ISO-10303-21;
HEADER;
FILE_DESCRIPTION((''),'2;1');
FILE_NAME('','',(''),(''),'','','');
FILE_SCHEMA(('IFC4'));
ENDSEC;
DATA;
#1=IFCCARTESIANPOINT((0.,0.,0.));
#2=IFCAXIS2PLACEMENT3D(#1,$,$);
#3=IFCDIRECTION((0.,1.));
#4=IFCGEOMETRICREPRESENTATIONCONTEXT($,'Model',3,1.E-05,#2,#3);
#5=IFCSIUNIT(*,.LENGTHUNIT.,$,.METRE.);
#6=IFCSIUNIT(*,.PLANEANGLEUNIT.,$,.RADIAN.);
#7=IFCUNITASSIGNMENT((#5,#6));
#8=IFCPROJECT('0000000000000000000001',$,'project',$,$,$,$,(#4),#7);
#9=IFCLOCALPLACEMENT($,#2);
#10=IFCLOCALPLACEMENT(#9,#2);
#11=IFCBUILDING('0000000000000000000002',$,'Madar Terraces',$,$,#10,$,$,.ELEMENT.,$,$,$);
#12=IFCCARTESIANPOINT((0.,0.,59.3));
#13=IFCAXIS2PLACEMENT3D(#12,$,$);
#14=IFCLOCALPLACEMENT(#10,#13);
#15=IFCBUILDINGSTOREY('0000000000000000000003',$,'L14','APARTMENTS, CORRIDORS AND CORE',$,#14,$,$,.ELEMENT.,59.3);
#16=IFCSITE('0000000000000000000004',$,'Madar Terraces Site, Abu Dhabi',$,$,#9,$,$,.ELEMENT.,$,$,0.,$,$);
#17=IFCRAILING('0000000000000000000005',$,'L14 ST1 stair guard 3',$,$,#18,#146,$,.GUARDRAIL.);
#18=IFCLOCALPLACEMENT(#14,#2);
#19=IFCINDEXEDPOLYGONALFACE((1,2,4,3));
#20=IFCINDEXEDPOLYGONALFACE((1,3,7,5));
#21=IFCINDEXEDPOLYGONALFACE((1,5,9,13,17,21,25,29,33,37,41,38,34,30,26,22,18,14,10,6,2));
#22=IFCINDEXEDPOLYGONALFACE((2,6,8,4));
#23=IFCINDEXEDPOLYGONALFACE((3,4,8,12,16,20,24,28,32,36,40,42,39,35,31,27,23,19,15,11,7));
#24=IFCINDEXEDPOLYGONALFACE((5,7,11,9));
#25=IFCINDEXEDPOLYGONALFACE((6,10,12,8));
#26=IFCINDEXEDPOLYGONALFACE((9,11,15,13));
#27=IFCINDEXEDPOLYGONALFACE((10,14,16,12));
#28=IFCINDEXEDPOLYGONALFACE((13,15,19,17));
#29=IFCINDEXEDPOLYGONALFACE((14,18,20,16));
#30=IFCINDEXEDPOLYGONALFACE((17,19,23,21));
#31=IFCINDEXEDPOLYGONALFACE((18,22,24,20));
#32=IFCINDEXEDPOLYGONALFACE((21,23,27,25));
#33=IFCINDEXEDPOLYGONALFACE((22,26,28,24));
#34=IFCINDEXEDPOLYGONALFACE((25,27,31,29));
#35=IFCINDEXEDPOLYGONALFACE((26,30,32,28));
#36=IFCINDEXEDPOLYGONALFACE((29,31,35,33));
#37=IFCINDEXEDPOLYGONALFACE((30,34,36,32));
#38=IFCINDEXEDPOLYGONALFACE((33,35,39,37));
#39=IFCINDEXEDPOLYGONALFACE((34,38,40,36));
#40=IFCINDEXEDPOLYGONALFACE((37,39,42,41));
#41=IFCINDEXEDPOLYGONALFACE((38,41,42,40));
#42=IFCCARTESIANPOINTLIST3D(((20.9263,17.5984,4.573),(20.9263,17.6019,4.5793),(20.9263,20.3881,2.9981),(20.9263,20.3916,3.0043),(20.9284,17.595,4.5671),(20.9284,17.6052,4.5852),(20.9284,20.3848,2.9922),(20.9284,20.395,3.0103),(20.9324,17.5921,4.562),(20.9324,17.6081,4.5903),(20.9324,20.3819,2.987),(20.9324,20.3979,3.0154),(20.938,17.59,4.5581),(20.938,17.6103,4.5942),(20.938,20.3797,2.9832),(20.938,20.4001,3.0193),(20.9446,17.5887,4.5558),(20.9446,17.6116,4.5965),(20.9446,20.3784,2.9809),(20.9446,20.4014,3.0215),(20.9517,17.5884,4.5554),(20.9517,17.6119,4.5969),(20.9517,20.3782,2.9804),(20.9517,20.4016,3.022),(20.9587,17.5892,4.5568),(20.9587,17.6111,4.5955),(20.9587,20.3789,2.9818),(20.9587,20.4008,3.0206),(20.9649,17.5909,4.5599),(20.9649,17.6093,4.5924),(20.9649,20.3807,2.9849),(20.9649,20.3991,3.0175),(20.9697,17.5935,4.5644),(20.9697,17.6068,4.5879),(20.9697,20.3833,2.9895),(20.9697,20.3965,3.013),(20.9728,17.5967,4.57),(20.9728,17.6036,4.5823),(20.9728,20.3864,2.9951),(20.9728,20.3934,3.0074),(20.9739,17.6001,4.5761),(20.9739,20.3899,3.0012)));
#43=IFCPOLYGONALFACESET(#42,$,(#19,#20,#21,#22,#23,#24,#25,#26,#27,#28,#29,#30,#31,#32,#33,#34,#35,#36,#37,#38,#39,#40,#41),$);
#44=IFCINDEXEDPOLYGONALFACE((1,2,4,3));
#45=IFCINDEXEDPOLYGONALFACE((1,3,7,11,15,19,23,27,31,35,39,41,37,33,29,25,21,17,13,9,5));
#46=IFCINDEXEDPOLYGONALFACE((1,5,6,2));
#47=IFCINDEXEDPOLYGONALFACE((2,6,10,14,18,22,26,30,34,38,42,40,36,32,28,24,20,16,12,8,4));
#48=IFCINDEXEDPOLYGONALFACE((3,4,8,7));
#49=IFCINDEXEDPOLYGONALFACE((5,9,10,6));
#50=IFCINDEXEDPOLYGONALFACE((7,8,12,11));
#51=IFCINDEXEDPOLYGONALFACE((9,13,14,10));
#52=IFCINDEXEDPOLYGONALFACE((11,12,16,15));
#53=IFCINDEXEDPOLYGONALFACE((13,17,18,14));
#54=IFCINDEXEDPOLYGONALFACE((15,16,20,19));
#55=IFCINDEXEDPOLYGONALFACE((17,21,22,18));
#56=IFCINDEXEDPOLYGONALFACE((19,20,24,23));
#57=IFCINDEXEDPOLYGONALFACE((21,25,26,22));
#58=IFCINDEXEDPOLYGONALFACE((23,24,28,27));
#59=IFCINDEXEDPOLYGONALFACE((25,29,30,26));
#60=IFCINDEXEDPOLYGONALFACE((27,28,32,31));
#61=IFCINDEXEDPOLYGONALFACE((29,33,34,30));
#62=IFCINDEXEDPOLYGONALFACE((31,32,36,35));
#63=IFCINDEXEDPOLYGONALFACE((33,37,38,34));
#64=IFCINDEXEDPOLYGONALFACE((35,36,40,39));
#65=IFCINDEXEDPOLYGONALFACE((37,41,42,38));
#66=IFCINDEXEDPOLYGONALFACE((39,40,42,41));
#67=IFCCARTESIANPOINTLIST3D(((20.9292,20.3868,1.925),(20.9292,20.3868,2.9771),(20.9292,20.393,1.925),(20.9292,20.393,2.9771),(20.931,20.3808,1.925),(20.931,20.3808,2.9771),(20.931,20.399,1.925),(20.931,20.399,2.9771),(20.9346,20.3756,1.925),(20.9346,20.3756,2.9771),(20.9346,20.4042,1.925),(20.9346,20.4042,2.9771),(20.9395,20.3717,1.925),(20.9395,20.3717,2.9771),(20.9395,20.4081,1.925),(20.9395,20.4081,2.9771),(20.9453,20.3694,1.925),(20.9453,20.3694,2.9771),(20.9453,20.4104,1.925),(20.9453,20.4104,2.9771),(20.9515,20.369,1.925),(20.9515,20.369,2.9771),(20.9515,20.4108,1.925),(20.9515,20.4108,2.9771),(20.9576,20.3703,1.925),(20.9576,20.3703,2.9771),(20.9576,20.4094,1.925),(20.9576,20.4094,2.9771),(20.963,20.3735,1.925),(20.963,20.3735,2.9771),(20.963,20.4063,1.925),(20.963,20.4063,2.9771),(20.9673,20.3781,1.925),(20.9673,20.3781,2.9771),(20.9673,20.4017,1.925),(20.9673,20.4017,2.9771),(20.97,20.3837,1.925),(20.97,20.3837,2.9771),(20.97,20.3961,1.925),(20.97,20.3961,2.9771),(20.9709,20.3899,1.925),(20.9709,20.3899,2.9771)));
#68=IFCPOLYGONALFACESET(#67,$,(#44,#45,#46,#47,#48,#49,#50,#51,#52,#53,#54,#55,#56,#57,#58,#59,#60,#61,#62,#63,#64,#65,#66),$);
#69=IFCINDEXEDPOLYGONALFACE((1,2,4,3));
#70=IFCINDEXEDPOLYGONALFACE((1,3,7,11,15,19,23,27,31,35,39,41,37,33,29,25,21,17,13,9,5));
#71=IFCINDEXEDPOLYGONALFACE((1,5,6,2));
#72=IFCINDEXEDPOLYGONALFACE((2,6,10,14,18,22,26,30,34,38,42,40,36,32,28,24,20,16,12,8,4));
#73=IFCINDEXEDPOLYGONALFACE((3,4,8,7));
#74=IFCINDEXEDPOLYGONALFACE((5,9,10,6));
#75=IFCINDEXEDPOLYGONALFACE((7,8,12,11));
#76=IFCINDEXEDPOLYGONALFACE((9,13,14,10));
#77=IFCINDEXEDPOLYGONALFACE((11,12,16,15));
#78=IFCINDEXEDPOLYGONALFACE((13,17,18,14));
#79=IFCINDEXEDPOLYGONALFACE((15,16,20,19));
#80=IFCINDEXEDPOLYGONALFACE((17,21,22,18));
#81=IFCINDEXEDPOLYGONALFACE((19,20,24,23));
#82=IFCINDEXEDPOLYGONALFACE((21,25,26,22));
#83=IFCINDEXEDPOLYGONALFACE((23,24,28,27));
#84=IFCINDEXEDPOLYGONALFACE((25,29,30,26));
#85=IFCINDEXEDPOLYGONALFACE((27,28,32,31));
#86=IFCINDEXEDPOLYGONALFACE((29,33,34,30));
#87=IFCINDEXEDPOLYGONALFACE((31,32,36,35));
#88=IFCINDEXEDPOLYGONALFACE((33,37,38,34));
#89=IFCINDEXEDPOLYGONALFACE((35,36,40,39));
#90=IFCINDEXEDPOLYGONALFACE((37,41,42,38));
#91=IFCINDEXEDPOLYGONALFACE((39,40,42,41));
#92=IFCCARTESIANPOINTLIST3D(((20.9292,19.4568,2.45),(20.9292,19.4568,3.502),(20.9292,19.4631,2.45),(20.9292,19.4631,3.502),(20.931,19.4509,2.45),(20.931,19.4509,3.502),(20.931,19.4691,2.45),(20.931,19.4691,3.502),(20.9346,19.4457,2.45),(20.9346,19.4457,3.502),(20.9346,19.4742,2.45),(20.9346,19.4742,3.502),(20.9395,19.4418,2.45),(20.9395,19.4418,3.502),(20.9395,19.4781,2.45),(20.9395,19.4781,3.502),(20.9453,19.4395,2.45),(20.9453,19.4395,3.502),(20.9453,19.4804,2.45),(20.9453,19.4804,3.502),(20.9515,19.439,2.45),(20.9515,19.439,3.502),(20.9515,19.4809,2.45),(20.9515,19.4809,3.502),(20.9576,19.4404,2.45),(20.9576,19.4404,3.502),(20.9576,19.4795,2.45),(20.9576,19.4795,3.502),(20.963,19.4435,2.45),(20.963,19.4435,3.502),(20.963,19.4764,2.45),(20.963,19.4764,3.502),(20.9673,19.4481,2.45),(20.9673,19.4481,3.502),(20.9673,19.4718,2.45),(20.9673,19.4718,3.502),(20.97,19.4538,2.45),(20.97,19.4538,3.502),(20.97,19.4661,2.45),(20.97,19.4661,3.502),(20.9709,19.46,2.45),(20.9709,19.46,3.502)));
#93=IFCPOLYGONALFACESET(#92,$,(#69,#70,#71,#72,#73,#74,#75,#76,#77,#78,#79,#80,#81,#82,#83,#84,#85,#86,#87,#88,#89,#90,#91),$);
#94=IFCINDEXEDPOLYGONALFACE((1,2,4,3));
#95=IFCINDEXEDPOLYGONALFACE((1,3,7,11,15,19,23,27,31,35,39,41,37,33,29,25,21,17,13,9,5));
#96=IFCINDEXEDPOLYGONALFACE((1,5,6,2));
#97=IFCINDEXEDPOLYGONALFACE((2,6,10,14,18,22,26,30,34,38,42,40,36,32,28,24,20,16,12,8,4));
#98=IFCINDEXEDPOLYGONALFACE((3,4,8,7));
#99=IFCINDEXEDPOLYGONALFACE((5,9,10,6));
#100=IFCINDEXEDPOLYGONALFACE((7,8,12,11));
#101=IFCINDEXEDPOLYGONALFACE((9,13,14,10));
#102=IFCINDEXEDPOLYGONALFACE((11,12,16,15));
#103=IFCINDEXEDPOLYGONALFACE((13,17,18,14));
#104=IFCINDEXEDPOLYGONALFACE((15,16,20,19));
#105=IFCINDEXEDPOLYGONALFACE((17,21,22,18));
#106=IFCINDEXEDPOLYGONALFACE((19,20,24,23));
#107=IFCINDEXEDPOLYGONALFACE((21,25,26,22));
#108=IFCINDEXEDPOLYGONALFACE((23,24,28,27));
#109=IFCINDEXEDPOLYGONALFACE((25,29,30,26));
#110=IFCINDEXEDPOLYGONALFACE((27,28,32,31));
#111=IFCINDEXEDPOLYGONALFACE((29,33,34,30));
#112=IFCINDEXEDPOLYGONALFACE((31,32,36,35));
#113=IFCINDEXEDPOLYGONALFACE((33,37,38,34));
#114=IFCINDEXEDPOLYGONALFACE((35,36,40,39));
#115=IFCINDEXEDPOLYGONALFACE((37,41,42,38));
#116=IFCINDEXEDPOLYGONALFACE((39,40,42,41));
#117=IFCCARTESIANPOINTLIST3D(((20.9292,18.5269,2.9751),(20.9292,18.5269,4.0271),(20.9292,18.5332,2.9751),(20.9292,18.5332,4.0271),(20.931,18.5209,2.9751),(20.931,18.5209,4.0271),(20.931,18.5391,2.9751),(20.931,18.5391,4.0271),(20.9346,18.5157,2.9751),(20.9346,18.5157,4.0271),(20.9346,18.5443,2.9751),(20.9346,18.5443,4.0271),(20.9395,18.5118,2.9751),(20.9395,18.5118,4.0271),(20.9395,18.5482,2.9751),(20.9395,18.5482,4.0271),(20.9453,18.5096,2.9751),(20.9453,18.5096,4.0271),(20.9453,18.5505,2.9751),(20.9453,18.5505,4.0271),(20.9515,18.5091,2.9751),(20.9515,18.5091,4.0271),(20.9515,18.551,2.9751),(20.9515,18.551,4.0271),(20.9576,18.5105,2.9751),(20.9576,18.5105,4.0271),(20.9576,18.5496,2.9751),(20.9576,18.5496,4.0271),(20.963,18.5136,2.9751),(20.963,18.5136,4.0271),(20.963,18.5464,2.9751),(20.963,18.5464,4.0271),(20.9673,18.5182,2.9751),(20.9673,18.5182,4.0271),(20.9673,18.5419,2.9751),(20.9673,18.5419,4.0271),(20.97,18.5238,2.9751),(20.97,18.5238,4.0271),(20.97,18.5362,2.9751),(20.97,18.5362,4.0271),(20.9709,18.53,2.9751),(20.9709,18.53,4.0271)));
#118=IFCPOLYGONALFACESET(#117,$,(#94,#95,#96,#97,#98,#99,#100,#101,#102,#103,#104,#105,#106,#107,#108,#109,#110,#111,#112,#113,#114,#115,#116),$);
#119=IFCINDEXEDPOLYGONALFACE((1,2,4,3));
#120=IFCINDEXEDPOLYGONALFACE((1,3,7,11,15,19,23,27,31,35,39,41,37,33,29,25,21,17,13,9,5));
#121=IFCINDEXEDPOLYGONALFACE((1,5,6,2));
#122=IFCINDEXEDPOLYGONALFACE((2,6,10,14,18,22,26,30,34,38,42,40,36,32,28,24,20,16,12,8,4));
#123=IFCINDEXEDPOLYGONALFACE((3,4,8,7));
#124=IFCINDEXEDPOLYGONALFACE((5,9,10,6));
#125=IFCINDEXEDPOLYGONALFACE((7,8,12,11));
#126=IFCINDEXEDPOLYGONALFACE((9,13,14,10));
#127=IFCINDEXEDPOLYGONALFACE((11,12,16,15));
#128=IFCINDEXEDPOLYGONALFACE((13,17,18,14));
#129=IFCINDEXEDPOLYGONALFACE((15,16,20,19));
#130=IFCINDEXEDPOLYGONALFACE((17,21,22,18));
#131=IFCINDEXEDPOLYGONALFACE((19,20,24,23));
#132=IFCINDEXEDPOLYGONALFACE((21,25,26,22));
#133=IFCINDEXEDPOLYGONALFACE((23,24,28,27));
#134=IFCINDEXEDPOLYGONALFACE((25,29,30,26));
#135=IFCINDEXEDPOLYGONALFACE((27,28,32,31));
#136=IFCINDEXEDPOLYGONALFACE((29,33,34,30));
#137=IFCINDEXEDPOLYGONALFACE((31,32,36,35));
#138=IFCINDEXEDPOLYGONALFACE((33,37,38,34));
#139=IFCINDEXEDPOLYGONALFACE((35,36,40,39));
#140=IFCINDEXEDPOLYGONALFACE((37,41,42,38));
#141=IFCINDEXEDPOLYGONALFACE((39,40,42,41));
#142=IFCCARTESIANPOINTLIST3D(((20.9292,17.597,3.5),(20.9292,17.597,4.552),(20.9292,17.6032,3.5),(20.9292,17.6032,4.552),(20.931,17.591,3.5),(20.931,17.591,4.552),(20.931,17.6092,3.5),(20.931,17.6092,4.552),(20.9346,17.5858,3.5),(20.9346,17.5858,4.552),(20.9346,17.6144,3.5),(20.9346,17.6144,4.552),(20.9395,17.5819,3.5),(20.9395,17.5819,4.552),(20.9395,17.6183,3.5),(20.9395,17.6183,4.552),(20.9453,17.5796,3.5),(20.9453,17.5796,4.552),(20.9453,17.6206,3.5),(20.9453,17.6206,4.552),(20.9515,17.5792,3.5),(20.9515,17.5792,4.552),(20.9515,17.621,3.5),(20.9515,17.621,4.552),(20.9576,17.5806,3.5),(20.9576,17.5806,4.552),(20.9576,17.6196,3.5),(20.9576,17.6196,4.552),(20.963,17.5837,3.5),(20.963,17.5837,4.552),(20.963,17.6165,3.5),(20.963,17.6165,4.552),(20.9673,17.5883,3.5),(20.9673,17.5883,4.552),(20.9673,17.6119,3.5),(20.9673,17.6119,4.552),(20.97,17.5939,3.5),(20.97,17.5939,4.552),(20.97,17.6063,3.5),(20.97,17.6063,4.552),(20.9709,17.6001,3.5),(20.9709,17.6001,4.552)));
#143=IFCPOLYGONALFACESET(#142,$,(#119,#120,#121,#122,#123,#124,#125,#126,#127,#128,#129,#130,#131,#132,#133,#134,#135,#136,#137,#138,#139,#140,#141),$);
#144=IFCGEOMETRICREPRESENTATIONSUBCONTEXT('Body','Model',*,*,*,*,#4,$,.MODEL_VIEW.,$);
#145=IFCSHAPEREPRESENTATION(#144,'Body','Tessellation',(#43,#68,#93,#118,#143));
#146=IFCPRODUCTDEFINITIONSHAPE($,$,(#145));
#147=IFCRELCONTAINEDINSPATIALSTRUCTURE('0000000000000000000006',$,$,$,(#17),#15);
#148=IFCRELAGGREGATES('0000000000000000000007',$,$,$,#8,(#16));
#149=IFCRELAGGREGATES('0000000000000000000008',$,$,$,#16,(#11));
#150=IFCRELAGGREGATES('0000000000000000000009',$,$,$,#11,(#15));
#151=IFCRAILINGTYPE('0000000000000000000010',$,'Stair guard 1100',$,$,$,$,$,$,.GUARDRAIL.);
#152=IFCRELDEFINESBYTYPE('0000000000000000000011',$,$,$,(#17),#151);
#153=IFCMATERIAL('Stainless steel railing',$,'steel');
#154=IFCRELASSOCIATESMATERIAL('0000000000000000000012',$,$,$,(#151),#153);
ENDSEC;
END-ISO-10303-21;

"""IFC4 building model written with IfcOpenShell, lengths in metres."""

from ifc_helpers import new_model, si_unit, direction, frame, origin, origin_2d, place, context, subcontext, project, spatial, circle, extrude, material, type_object, element, save


model = new_model("IFC4")

# Units and contexts
model_context = context("Model", 3, precision=1e-05, world=origin(), true_north=direction((0.0, 1.0)))
body_context = subcontext(model_context, "Body", "Model", "MODEL_VIEW")
ifc_project = project(units=[si_unit("LENGTHUNIT", "METRE"), si_unit("PLANEANGLEUNIT", "RADIAN")], contexts=[model_context])

# Site, building, storey
site_placement = place(None, origin())
site = spatial("IfcSite", under=ifc_project, at=site_placement, Name="Madar Terraces Site, Abu Dhabi", CompositionType="ELEMENT", RefElevation=0.0)
building_placement = place(site_placement, origin())
building = spatial("IfcBuilding", under=site, at=building_placement, Name="Madar Terraces", CompositionType="ELEMENT")
storey_placement = place(building_placement, frame((0.0, 0.0, 59.3)))
storey = spatial("IfcBuildingStorey", under=building, at=storey_placement, Name="L14", Description="APARTMENTS, CORRIDORS AND CORE", CompositionType="ELEMENT", Elevation=59.3)

# Railing
ifc_material_1 = material(Name="Stainless steel railing", Category="steel")
railing_type_1 = type_object("IfcRailingType", Name="Stair guard 1100", PredefinedType="GUARDRAIL", material=ifc_material_1)
railing_1_placement = place(storey_placement, frame((20.95, 20.3899, 1.925)))
element("IfcRailing", 1, at=railing_1_placement, inside=storey, type_object=railing_type_1, Name="L14 ST1 stair guard 3", PredefinedType="GUARDRAIL", context=body_context, shape_type="SweptSolid", body=[
    extrude(circle(Radius=0.0239, at=origin_2d()), frame((0.0, 0.0, 1.0762), z_axis=(0.0, -0.870815, 0.49161), x_axis=(1.0, 0.0, 0.0)), (0.0, 0.0, 1.0), 3.2036),
    extrude(circle(Radius=0.021, at=origin_2d()), origin(), (0.0, 0.0, 1.0), 1.052),
    extrude(circle(Radius=0.021, at=origin_2d()), frame((0.0, -0.9299, 0.5249)), (0.0, 0.0, 1.0), 1.052),
    extrude(circle(Radius=0.021, at=origin_2d()), frame((0.0, -1.8599, 1.05)), (0.0, 0.0, 1.0), 1.052),
    extrude(circle(Radius=0.021, at=origin_2d()), frame((0.0, -2.7898, 1.575)), (0.0, 0.0, 1.0), 1.052),
])

save(model, "model.ifc")
